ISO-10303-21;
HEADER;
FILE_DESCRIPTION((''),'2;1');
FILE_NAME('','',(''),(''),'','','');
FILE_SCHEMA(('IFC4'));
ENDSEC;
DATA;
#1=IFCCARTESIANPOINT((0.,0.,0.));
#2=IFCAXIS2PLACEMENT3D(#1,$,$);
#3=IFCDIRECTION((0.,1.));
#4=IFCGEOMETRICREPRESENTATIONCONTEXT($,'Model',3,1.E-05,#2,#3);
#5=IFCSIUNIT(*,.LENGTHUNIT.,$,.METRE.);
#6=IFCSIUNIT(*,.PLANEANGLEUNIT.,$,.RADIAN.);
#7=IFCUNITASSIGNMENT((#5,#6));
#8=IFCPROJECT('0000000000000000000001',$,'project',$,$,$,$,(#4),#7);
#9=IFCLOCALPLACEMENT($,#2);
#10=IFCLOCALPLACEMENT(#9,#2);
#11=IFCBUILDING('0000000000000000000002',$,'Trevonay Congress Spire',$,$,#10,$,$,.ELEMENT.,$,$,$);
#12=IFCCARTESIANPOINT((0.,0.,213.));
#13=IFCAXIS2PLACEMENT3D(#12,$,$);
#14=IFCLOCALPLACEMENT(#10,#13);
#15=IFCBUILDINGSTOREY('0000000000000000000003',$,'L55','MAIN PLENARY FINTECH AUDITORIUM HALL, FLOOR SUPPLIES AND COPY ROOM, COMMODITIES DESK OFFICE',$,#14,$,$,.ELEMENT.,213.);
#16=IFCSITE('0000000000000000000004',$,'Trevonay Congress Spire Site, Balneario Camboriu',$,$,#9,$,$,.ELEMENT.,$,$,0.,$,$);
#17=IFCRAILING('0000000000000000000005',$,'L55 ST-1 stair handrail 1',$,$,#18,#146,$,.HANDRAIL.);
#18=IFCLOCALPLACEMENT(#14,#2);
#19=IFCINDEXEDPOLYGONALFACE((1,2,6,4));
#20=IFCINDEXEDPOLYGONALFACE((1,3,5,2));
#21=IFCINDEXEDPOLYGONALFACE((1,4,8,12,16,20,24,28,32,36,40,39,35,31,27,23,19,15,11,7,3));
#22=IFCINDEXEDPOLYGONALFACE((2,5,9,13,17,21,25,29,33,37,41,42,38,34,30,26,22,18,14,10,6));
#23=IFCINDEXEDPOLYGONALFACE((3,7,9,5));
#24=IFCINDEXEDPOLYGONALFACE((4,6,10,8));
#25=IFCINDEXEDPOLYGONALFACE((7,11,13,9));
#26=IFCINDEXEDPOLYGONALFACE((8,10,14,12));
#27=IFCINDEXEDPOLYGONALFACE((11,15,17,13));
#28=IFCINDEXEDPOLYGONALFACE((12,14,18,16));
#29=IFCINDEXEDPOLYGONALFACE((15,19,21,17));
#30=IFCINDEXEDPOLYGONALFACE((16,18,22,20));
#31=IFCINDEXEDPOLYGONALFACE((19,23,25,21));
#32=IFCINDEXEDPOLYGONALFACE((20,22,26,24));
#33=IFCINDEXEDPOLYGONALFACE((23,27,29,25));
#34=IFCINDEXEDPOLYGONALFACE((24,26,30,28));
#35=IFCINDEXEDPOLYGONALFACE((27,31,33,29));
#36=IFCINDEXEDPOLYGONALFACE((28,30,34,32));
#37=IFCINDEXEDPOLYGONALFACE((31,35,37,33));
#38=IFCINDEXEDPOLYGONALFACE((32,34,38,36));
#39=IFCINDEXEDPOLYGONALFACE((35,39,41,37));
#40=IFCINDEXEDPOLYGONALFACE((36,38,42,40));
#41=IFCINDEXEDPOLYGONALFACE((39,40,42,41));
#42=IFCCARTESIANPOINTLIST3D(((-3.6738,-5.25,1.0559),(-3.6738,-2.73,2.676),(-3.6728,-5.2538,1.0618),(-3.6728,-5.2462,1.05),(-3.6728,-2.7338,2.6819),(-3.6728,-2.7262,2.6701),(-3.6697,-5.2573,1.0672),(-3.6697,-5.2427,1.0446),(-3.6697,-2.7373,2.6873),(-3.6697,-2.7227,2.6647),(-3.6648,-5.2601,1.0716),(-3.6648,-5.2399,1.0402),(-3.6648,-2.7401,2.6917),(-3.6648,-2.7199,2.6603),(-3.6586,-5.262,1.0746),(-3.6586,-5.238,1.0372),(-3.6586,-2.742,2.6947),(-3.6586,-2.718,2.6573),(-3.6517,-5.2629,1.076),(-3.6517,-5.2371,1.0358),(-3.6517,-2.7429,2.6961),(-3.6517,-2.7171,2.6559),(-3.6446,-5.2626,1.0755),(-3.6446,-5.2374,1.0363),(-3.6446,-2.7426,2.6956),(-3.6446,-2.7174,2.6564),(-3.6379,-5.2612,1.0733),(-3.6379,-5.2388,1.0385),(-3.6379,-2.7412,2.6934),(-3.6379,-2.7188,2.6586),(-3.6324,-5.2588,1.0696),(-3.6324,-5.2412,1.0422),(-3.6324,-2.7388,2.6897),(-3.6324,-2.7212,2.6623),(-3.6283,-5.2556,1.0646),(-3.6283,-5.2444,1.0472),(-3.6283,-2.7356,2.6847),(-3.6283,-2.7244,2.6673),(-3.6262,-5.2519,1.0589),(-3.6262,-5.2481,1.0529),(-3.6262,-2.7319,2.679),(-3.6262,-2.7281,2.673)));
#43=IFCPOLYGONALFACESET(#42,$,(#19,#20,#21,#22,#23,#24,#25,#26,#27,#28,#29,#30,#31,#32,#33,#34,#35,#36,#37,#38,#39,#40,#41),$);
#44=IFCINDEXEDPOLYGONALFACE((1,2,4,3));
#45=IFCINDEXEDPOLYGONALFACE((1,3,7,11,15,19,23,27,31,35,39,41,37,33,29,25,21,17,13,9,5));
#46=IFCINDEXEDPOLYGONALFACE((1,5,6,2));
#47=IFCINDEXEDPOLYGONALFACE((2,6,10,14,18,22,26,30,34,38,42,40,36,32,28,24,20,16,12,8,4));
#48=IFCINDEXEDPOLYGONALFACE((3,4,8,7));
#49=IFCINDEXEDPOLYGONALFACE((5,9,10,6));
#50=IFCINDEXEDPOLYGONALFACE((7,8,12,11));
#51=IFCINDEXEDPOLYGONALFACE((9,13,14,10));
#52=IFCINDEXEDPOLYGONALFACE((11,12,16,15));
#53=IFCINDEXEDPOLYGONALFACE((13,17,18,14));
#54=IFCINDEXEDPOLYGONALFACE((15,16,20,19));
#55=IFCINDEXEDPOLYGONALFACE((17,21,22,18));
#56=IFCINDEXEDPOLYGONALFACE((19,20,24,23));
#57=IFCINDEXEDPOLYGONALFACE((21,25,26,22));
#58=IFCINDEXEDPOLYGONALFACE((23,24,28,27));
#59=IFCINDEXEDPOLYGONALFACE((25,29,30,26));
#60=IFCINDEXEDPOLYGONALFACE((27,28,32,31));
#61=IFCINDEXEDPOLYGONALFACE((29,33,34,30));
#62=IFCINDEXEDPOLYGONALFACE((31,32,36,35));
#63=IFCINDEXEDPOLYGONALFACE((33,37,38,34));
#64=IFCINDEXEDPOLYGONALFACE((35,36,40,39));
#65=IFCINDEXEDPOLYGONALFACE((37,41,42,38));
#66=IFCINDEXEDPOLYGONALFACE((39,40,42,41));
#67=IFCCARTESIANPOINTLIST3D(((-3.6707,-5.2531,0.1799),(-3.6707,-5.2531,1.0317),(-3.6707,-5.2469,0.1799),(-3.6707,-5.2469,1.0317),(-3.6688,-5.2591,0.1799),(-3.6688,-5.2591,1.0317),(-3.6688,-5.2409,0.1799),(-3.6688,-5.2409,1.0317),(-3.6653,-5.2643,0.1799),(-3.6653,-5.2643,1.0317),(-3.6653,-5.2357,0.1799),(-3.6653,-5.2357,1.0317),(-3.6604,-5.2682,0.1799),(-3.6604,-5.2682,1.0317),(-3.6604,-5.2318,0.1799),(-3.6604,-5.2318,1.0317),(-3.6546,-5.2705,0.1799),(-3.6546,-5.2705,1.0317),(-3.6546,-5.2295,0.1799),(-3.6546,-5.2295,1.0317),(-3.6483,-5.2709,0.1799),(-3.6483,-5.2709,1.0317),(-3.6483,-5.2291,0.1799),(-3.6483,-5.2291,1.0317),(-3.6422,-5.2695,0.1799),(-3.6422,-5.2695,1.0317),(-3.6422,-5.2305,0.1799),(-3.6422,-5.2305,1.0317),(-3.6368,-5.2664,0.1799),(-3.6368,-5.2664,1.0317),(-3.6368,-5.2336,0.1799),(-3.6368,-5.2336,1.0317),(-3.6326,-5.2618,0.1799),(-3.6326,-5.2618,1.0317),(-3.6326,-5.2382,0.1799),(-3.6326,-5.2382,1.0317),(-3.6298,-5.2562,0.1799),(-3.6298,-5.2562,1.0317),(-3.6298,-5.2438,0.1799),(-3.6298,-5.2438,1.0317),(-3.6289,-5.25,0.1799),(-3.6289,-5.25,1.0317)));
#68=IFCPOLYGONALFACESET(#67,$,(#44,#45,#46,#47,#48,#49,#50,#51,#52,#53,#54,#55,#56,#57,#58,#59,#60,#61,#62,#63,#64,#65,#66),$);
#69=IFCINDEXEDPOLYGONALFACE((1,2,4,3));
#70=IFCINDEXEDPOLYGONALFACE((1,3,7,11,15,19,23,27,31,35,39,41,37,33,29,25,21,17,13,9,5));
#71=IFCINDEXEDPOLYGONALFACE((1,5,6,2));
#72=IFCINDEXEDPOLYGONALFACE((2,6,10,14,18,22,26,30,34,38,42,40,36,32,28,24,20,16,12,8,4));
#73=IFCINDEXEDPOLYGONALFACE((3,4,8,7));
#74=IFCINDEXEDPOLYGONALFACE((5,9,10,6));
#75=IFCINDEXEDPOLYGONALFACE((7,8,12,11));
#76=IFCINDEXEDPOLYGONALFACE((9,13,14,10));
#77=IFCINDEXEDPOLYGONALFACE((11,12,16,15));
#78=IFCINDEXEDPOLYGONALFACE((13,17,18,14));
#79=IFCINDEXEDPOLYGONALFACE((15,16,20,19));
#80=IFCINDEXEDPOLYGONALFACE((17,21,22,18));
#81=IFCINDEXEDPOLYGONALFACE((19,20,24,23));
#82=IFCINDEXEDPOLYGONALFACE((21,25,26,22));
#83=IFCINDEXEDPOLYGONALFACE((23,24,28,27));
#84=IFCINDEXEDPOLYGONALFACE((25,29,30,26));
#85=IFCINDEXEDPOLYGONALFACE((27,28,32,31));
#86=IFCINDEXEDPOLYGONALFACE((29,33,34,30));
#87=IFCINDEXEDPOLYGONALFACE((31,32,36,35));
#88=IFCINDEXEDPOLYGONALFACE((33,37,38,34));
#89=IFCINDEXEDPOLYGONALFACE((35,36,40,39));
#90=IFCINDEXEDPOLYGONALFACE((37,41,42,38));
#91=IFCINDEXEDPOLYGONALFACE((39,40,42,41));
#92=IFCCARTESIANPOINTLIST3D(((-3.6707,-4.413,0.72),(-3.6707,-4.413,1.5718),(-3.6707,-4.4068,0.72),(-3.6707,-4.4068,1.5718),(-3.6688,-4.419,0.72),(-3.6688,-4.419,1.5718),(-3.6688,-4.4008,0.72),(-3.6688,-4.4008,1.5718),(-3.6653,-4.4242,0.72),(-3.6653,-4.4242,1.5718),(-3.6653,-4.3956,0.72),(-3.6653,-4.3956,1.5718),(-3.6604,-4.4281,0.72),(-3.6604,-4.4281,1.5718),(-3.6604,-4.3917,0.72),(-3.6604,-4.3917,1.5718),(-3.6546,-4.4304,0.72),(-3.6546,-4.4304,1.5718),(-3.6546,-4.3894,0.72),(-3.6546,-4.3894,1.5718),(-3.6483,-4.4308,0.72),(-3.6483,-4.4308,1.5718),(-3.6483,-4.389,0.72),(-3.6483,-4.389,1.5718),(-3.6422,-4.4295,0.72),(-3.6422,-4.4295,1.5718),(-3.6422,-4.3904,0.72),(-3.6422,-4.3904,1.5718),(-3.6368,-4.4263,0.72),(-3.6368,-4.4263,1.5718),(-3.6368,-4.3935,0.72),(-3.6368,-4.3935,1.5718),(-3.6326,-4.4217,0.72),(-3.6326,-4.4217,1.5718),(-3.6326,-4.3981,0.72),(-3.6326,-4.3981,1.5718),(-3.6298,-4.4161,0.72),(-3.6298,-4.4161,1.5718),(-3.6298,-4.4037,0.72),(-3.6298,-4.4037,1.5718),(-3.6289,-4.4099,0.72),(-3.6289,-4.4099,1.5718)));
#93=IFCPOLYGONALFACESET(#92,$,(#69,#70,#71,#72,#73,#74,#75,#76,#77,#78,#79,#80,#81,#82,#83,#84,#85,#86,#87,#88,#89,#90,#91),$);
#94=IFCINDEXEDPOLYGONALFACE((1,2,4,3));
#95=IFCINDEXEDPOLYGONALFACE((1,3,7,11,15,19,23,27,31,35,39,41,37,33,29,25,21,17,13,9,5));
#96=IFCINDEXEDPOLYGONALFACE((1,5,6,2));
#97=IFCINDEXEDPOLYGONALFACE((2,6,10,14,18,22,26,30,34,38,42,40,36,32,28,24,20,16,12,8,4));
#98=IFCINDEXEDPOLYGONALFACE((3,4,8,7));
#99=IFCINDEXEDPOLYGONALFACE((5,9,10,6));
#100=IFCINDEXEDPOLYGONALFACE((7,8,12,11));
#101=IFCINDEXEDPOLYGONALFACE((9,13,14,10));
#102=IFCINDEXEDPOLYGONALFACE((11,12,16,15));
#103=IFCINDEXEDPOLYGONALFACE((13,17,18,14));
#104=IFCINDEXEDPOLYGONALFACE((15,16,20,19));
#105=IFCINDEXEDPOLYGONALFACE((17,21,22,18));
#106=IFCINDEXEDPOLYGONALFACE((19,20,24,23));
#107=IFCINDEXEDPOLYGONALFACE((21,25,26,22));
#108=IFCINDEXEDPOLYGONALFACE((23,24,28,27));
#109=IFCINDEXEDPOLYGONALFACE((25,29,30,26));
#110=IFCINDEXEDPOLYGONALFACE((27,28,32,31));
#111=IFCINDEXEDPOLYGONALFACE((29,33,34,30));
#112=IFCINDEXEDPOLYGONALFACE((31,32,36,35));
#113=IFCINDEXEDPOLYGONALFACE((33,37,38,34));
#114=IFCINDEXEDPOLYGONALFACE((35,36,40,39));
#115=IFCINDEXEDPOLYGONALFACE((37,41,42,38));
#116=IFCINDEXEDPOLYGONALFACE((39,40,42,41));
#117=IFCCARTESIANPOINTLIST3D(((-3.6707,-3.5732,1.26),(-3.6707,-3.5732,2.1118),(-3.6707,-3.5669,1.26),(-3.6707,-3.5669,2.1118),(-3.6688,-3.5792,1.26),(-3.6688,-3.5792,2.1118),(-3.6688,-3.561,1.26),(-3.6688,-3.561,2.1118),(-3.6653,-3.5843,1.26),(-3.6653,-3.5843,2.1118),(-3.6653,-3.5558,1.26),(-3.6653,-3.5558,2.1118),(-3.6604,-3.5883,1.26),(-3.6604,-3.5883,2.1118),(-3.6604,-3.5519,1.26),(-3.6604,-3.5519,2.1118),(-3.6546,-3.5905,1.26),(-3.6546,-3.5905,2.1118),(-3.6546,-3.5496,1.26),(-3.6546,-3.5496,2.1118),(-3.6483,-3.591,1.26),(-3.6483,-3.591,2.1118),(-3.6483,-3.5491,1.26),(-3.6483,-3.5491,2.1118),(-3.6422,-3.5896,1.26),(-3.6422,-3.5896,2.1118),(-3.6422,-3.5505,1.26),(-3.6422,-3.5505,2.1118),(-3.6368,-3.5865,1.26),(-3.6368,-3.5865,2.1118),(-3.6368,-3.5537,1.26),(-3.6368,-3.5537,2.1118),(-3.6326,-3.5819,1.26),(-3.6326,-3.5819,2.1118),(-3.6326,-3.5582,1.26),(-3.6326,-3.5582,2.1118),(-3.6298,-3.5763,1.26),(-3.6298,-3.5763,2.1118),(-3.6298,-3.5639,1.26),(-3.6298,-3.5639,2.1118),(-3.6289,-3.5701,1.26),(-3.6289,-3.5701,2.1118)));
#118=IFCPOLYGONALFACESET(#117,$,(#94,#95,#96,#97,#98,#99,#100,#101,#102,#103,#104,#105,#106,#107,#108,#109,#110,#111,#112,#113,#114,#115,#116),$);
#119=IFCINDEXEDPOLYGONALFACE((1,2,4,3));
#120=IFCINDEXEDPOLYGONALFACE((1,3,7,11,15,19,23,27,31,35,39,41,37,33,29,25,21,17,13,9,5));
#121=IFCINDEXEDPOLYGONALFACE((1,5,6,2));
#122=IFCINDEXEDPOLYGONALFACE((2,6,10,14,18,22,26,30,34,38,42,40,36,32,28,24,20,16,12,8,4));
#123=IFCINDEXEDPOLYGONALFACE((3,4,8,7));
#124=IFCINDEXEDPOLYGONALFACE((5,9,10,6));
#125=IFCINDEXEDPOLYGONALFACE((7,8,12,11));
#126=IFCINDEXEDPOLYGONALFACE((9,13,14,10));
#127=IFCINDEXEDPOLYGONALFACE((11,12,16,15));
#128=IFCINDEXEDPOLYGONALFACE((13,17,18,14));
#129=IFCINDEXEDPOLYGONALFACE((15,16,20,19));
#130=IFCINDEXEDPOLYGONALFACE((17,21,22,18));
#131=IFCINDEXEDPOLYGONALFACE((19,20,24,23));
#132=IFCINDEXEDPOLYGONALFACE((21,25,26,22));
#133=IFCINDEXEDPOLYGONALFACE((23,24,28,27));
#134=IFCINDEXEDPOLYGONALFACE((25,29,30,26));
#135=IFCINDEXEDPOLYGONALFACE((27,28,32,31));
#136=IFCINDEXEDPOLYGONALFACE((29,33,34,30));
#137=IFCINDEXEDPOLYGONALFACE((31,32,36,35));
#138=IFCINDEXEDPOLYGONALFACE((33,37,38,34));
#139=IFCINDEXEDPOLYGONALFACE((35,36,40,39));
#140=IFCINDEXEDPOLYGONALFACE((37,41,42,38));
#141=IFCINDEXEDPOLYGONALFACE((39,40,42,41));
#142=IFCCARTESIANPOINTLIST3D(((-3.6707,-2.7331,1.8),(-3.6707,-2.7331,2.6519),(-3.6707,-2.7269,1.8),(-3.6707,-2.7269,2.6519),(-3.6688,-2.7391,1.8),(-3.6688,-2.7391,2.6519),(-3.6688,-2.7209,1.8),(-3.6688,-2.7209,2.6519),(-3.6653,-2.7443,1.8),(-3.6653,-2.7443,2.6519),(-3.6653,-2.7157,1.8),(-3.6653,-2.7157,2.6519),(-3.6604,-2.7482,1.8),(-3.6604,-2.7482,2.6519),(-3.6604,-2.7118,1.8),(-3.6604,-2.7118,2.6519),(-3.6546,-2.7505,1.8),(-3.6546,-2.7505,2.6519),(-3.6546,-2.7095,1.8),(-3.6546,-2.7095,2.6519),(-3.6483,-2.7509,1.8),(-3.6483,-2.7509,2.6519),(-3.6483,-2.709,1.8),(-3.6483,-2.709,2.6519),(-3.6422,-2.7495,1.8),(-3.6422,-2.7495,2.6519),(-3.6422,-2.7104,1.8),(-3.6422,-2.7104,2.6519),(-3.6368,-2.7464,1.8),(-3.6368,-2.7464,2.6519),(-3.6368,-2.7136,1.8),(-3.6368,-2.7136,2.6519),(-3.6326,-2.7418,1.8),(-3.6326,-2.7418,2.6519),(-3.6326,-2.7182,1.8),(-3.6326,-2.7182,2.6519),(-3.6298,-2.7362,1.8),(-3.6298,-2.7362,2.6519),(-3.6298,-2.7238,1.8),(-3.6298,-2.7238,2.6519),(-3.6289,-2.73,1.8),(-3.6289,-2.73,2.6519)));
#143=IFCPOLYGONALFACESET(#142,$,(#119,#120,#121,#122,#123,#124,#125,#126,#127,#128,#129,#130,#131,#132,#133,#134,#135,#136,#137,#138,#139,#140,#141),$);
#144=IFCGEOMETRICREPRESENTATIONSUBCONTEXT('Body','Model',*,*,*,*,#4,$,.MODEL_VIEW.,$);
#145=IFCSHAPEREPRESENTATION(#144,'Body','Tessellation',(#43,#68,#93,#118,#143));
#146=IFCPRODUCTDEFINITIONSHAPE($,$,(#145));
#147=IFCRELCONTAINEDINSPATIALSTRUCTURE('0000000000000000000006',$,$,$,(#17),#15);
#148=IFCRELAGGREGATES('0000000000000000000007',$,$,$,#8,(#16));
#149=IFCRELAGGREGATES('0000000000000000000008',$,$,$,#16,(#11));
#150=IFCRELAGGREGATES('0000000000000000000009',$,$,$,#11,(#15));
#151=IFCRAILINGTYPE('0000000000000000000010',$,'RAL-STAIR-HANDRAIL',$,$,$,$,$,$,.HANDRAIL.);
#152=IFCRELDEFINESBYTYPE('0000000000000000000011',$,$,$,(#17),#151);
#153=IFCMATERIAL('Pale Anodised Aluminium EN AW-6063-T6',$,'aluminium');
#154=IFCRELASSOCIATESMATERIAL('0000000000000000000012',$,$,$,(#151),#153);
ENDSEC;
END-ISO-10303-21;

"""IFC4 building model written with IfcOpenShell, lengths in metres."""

from ifc_helpers import new_model, si_unit, direction, frame, origin, origin_2d, place, context, subcontext, project, spatial, circle, extrude, material, type_object, element, save


model = new_model("IFC4")

# Units and contexts
model_context = context("Model", 3, precision=1e-05, world=origin(), true_north=direction((0.0, 1.0)))
body_context = subcontext(model_context, "Body", "Model", "MODEL_VIEW")
ifc_project = project(units=[si_unit("LENGTHUNIT", "METRE"), si_unit("PLANEANGLEUNIT", "RADIAN")], contexts=[model_context])

# Site, building, storey
site_placement = place(None, origin())
site = spatial("IfcSite", under=ifc_project, at=site_placement, Name="Trevonay Congress Spire Site, Balneario Camboriu", CompositionType="ELEMENT", RefElevation=0.0)
building_placement = place(site_placement, origin())
building = spatial("IfcBuilding", under=site, at=building_placement, Name="Trevonay Congress Spire", CompositionType="ELEMENT")
storey_placement = place(building_placement, frame((0.0, 0.0, 213.0)))
storey = spatial("IfcBuildingStorey", under=building, at=storey_placement, Name="L55", Description="MAIN PLENARY FINTECH AUDITORIUM HALL, FLOOR SUPPLIES AND COPY ROOM, COMMODITIES DESK OFFICE", CompositionType="ELEMENT", Elevation=213.0)

# Railing
ifc_material_1 = material(Name="Pale Anodised Aluminium EN AW-6063-T6", Category="aluminium")
railing_type_1 = type_object("IfcRailingType", Name="RAL-STAIR-HANDRAIL", PredefinedType="HANDRAIL", material=ifc_material_1)
railing_1_placement = place(storey_placement, frame((-3.6499, -5.25, 0.1799)))
element("IfcRailing", 1, at=railing_1_placement, inside=storey, type_object=railing_type_1, Name="L55 ST-1 stair handrail 1", PredefinedType="HANDRAIL", context=body_context, shape_type="SweptSolid", body=[
    extrude(circle(Radius=0.0239, at=origin_2d()), frame((0.0, 0.0, 0.876), z_axis=(0.0, 0.841163, 0.540782), x_axis=(-1.0, 0.0, 0.0)), (0.0, 0.0, 1.0), 2.9958),
    extrude(circle(Radius=0.021, at=origin_2d()), origin(), (0.0, 0.0, 1.0), 0.8518),
    extrude(circle(Radius=0.021, at=origin_2d()), frame((0.0, 0.8401, 0.54)), (0.0, 0.0, 1.0), 0.8518),
    extrude(circle(Radius=0.021, at=origin_2d()), frame((0.0, 1.6799, 1.0801)), (0.0, 0.0, 1.0), 0.8518),
    extrude(circle(Radius=0.021, at=origin_2d()), frame((0.0, 2.52, 1.6201)), (0.0, 0.0, 1.0), 0.8518),
])

save(model, "model.ifc")
